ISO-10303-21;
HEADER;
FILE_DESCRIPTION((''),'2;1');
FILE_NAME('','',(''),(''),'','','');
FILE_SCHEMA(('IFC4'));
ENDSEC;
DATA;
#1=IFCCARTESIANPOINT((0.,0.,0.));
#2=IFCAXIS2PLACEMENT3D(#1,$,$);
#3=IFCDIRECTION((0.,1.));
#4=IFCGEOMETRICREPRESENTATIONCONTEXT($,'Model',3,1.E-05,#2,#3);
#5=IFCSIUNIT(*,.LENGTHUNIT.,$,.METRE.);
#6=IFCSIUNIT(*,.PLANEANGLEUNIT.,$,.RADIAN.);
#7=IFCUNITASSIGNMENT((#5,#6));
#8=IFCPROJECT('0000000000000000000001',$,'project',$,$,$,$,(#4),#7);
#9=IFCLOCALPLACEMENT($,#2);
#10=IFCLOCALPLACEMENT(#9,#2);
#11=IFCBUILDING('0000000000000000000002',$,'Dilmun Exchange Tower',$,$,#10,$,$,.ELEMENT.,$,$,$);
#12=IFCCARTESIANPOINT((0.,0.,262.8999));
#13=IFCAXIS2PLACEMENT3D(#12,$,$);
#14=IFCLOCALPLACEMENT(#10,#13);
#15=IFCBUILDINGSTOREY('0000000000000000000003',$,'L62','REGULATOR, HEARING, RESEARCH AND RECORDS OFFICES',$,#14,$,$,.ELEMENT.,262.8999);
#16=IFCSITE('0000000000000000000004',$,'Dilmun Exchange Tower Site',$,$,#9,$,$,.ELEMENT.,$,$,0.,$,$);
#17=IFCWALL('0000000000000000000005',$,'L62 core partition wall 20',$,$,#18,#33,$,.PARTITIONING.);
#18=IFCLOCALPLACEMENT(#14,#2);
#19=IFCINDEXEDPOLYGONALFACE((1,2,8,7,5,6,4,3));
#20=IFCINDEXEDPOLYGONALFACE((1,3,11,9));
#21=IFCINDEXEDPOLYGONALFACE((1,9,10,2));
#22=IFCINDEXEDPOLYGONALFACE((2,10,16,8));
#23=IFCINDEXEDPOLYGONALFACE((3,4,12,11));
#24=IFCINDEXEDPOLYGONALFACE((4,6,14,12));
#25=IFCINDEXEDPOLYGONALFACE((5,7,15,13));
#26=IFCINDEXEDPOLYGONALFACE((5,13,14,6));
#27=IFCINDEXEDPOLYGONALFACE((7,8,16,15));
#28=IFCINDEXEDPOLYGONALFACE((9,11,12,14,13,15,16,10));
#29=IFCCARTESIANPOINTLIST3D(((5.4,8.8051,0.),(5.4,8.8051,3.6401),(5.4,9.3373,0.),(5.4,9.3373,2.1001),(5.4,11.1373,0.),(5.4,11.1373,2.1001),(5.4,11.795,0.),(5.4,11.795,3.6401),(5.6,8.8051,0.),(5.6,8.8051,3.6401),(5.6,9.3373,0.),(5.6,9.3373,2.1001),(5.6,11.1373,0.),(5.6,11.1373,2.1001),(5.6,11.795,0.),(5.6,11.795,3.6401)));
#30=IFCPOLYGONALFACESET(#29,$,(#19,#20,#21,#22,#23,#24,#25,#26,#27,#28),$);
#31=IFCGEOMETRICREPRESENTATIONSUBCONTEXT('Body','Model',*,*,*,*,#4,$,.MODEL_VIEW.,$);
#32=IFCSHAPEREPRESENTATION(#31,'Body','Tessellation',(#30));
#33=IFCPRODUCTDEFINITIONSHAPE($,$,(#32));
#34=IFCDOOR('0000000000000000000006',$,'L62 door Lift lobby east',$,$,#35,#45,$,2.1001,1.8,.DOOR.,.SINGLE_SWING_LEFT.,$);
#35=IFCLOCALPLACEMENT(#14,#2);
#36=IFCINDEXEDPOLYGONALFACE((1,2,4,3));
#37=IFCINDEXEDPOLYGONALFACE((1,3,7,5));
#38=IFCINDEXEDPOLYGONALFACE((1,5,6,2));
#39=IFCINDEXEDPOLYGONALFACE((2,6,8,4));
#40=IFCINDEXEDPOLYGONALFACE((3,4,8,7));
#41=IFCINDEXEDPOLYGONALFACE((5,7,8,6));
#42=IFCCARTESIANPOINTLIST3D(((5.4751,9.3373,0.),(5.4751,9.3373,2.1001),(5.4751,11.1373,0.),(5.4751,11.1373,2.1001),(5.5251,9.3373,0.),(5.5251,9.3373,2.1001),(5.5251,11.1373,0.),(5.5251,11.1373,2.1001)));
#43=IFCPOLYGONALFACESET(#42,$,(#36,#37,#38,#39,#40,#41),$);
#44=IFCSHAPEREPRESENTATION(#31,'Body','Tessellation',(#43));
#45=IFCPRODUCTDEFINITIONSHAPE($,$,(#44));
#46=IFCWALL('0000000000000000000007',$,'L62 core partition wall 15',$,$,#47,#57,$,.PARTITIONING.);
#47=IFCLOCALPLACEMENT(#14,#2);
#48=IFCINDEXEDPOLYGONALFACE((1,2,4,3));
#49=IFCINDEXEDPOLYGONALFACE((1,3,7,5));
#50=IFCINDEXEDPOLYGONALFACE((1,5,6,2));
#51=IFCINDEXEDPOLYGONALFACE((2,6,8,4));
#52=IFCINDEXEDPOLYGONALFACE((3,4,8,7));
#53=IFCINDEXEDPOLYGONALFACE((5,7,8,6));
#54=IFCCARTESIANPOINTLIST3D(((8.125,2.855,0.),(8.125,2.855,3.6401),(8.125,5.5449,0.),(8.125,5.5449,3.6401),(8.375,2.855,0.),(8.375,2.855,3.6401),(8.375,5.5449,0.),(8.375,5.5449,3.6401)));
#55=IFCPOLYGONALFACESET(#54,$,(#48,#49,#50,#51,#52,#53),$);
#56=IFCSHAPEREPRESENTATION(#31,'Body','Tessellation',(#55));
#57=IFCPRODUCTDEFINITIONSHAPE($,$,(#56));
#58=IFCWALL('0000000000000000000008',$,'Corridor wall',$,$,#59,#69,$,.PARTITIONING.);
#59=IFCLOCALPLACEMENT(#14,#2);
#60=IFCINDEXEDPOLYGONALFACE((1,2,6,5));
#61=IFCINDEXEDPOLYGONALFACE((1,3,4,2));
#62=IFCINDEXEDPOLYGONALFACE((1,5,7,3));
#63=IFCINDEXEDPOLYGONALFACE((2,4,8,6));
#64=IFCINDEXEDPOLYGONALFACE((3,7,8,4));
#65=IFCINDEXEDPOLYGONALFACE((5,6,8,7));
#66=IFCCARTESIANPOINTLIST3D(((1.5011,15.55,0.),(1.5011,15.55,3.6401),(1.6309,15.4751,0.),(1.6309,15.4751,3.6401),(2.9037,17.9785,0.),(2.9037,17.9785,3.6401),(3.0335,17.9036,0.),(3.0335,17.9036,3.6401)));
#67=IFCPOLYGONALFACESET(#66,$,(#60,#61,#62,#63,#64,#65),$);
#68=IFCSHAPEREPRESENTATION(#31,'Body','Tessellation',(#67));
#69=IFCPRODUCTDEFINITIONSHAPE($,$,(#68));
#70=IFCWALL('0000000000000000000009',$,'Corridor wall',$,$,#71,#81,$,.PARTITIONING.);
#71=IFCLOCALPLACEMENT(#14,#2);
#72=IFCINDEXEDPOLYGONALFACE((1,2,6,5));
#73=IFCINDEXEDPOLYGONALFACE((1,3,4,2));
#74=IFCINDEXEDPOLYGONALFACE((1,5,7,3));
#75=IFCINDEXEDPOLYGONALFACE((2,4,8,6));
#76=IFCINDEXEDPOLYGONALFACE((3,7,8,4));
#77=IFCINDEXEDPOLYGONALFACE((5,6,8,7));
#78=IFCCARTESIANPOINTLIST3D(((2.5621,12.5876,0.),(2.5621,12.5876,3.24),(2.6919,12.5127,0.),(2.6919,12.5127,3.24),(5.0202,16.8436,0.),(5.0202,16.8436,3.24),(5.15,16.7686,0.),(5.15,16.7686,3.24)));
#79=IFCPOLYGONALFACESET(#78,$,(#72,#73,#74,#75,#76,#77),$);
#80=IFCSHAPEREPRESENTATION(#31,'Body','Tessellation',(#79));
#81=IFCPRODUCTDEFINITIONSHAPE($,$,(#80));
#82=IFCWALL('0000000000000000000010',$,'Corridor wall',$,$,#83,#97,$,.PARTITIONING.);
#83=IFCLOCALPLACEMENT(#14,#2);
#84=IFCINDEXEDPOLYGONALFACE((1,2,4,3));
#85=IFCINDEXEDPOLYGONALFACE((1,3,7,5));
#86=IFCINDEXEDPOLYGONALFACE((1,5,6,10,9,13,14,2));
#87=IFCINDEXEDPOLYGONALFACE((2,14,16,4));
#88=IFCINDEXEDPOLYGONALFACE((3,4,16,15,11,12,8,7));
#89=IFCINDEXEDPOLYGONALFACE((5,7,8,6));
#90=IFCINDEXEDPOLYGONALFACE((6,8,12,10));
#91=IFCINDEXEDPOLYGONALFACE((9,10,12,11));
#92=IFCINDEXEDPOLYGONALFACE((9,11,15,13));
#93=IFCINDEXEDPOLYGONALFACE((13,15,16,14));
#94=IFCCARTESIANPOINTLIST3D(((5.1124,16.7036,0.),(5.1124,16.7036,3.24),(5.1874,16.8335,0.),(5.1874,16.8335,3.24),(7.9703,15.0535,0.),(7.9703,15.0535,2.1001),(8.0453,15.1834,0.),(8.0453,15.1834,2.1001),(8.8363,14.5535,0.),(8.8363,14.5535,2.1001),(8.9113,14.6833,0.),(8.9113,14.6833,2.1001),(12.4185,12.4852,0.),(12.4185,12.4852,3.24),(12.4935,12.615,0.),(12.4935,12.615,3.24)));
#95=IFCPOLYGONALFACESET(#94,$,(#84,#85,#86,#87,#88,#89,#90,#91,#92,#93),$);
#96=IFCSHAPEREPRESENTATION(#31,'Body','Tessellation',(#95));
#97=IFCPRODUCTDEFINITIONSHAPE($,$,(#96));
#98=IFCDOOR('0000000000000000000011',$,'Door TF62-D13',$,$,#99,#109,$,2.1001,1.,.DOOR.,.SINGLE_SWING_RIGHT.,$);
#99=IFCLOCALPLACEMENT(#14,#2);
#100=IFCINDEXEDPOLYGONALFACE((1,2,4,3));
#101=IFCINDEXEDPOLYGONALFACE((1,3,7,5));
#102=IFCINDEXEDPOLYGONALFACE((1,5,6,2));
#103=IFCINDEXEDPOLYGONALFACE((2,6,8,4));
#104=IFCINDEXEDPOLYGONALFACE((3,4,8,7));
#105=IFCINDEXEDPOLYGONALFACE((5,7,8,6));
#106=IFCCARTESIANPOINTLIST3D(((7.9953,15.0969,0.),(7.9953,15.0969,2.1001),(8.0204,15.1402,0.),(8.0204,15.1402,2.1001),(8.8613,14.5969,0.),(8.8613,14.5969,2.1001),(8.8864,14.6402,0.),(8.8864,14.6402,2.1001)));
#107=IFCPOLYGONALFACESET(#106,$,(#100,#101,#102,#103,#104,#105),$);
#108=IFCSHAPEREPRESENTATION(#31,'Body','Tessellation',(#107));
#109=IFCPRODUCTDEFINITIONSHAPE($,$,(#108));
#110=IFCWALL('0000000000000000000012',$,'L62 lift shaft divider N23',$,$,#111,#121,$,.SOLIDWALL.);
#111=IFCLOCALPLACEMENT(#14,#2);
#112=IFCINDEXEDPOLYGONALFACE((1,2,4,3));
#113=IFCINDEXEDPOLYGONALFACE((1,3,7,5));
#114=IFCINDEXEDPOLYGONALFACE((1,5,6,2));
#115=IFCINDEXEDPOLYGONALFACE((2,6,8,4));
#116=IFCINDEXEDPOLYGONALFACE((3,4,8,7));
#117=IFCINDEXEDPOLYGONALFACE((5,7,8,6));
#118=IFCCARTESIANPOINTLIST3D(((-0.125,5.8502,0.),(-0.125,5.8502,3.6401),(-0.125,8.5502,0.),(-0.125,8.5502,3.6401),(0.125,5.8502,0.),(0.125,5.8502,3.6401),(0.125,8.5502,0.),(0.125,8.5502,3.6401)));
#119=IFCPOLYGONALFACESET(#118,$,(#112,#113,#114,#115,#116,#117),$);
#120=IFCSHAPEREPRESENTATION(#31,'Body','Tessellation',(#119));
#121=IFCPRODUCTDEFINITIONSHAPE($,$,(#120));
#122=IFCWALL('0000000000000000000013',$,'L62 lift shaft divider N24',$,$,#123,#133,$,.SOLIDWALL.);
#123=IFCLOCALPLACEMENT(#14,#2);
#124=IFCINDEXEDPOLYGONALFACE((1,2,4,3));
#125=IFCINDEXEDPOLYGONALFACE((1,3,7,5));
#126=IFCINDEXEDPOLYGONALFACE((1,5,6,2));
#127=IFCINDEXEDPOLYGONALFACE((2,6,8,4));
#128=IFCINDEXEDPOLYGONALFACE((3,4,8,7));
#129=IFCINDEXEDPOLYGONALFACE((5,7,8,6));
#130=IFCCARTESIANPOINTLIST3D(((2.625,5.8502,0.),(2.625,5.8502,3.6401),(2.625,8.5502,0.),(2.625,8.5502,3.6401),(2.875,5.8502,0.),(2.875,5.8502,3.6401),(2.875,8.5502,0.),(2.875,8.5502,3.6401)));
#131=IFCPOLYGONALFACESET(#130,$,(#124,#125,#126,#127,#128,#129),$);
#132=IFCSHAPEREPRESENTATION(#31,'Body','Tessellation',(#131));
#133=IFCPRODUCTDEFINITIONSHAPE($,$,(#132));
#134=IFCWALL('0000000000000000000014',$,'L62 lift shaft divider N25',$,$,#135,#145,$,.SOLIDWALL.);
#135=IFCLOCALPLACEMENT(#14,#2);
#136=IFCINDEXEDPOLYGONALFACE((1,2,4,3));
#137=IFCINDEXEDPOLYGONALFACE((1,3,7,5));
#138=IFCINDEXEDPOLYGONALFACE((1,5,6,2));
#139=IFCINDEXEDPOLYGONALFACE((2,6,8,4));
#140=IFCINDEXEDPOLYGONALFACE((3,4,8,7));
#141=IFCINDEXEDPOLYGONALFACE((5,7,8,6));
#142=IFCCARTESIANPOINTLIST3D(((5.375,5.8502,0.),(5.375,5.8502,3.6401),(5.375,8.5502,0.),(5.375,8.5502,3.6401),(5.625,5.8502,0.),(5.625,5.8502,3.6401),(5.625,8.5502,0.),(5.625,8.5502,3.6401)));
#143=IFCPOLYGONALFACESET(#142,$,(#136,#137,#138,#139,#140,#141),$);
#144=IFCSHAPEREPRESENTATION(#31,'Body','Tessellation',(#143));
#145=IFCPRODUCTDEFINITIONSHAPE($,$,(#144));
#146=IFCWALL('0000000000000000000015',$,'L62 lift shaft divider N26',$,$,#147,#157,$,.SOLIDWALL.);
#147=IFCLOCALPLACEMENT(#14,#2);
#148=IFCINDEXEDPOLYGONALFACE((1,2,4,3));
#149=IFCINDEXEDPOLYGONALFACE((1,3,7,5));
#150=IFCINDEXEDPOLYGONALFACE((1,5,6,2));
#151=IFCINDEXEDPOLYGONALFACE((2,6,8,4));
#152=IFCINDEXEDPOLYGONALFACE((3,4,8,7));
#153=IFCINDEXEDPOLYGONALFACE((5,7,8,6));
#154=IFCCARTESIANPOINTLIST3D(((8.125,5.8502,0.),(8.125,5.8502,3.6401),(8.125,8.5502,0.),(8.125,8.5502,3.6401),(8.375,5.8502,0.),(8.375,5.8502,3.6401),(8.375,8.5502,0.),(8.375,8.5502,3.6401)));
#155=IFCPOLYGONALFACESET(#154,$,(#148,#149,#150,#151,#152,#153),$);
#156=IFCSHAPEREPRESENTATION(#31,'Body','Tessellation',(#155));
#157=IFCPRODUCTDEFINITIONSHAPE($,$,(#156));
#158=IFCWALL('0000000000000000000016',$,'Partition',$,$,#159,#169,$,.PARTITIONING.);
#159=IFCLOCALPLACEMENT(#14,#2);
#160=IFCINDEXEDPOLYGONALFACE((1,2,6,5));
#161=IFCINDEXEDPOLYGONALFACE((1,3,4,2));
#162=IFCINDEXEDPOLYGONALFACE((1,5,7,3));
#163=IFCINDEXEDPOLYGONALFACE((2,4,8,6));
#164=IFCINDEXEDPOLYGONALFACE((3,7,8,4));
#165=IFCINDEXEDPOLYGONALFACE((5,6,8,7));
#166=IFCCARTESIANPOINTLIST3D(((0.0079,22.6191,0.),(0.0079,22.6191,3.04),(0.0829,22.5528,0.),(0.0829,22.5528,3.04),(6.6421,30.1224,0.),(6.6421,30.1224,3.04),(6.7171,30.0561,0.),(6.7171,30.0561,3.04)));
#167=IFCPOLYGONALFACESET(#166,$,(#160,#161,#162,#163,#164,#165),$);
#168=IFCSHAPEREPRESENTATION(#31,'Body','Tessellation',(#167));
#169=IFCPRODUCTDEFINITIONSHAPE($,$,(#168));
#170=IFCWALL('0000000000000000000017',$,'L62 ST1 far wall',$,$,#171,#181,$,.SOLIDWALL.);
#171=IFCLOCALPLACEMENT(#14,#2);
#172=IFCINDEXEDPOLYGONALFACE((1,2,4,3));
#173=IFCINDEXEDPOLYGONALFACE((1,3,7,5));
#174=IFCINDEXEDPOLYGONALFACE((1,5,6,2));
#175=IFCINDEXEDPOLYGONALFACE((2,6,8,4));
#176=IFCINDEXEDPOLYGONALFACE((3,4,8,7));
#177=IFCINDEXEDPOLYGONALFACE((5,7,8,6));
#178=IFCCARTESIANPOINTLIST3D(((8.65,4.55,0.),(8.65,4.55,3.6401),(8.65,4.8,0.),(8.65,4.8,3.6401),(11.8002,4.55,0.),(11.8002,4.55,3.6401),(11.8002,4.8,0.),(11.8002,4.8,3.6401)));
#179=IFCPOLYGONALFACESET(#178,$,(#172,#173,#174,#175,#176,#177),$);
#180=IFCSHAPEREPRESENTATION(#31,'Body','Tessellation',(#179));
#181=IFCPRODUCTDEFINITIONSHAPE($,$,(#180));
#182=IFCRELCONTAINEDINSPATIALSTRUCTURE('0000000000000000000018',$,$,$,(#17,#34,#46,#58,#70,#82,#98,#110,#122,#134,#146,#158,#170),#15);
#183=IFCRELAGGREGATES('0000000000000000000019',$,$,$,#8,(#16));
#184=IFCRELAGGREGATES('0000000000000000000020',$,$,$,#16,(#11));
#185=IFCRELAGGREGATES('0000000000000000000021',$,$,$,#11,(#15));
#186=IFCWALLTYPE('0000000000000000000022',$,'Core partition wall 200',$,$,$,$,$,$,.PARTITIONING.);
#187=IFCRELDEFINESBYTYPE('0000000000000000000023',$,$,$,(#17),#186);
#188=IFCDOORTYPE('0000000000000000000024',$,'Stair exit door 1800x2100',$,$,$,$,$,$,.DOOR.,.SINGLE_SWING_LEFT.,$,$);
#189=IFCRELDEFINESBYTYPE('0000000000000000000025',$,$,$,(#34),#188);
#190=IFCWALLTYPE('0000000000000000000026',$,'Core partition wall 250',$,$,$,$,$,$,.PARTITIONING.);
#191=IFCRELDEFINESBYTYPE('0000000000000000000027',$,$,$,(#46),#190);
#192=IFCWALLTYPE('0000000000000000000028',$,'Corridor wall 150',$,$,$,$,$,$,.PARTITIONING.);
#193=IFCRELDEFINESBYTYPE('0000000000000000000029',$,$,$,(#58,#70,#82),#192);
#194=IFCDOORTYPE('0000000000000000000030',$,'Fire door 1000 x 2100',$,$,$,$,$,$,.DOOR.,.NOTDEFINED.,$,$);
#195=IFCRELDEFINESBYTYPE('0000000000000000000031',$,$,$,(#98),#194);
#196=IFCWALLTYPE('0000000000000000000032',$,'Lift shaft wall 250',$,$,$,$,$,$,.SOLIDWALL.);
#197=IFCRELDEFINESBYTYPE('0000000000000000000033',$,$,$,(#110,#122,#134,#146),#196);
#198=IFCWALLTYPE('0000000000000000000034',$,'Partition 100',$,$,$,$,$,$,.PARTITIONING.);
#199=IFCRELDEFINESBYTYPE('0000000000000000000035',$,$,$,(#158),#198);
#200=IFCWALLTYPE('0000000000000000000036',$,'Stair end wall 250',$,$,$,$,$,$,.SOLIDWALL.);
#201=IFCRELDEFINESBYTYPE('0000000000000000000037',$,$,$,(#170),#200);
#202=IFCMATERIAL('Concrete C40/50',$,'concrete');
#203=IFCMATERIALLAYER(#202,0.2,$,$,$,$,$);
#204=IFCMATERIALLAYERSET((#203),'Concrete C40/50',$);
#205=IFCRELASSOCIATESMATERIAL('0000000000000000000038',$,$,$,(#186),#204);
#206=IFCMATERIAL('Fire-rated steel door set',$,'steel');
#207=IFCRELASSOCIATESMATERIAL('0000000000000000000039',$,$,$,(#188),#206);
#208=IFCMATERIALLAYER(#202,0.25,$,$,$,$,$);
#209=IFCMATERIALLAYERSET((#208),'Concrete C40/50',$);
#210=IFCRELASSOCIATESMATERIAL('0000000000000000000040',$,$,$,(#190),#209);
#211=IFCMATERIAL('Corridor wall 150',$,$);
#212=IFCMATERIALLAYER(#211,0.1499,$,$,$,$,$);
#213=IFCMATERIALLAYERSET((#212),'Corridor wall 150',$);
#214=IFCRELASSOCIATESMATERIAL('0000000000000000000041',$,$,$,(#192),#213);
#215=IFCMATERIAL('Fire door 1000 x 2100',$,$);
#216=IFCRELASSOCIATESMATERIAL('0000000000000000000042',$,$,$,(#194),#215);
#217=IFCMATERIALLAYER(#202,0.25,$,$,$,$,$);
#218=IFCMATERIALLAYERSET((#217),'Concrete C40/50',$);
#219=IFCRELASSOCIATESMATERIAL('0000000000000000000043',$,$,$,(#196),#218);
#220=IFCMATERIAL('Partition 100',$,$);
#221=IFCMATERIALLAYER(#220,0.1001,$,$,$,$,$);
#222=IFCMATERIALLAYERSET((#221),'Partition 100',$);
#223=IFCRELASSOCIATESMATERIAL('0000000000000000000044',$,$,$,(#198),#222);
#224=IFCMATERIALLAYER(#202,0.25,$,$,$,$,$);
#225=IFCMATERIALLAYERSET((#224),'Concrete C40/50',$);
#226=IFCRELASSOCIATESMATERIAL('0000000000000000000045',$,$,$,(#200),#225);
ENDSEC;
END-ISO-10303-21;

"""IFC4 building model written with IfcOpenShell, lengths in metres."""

from ifc_helpers import new_model, si_unit, direction, frame, frame_2d, origin, place, context, subcontext, project, spatial, rectangle, extrude, material, layer, layer_set, type_object, element, fill, save


model = new_model("IFC4")

# Units and contexts
model_context = context("Model", 3, precision=1e-05, world=origin(), true_north=direction((0.0, 1.0)))
body_context = subcontext(model_context, "Body", "Model", "MODEL_VIEW")
ifc_project = project(units=[si_unit("LENGTHUNIT", "METRE"), si_unit("PLANEANGLEUNIT", "RADIAN")], contexts=[model_context])

# Site, building, storey
site_placement = place(None, origin())
site = spatial("IfcSite", under=ifc_project, at=site_placement, Name="Dilmun Exchange Tower Site", CompositionType="ELEMENT", RefElevation=0.0)
building_placement = place(site_placement, origin())
building = spatial("IfcBuilding", under=site, at=building_placement, Name="Dilmun Exchange Tower", CompositionType="ELEMENT")
storey_placement = place(building_placement, frame((0.0, 0.0, 262.8999)))
storey = spatial("IfcBuildingStorey", under=building, at=storey_placement, Name="L62", Description="REGULATOR, HEARING, RESEARCH AND RECORDS OFFICES", CompositionType="ELEMENT", Elevation=262.8999)

# Shared definitions
ifc_material_1 = material(Name="Concrete C40/50", Category="concrete")

# Wall, opening, door
ifc_layer_1 = layer(ifc_material_1, 0.2)
ifc_layer_set_1 = layer_set([ifc_layer_1], Name="Concrete C40/50")
wall_type_1 = type_object("IfcWallType", Name="Core partition wall 200", PredefinedType="PARTITIONING", material=ifc_layer_set_1)
wall_1_placement = place(storey_placement, frame((5.5, 8.8049, 0.0), z_axis=(0.0, 0.0, 1.0), x_axis=(0.0, 1.0, 0.0)))
wall_1 = element("IfcWall", 1, at=wall_1_placement, inside=storey, type_object=wall_type_1, Name="L62 core partition wall 20", PredefinedType="PARTITIONING", context=body_context, shape_type="SweptSolid", body=[
    extrude(rectangle(XDim=2.99, YDim=0.2, at=frame_2d((1.4951, 0.0))), origin(), (0.0, 0.0, 1.0), 3.6401),
])
opening_1_placement = place(wall_1_placement, frame((0.5325, 0.0, 0.0)))
opening_1 = element("IfcOpeningElement", 2, at=opening_1_placement, cuts=wall_1, PredefinedType="OPENING", context=body_context, shape_type="SweptSolid", body=[
    extrude(rectangle(XDim=1.8, YDim=2.1001, at=frame_2d((0.8999, 1.05))), frame((0.0, 0.1099, 0.0), z_axis=(0.0, -1.0, 0.0), x_axis=(1.0, 0.0, 0.0)), (0.0, 0.0, 1.0), 0.22),
])
ifc_material_2 = material(Name="Fire-rated steel door set", Category="steel")
door_type_1 = type_object("IfcDoorType", Name="Stair exit door 1800x2100", OperationType="SINGLE_SWING_LEFT", PredefinedType="DOOR", material=ifc_material_2)
door_1_placement = place(opening_1_placement, origin())
door_1 = element("IfcDoor", 3, at=door_1_placement, inside=storey, type_object=door_type_1, Name="L62 door Lift lobby east", OperationType="SINGLE_SWING_LEFT", OverallHeight=2.1001, OverallWidth=1.8, PredefinedType="DOOR", context=body_context, shape_type="SweptSolid", body=[
    extrude(rectangle(XDim=1.8, YDim=2.1001, at=frame_2d((0.8999, 1.05))), frame((0.0, 0.0249, 0.0), z_axis=(0.0, -1.0, 0.0), x_axis=(1.0, 0.0, 0.0)), (0.0, 0.0, 1.0), 0.05),
])
fill(opening_1, door_1)

# Walls
ifc_layer_2 = layer(ifc_material_1, 0.25)
ifc_layer_set_2 = layer_set([ifc_layer_2], Name="Concrete C40/50")
wall_type_2 = type_object("IfcWallType", Name="Core partition wall 250", PredefinedType="PARTITIONING", material=ifc_layer_set_2)
wall_2_placement = place(storey_placement, frame((8.25, 2.855, 0.0), z_axis=(0.0, 0.0, 1.0), x_axis=(0.0, 1.0, 0.0)))
element("IfcWall", 4, at=wall_2_placement, inside=storey, type_object=wall_type_2, Name="L62 core partition wall 15", PredefinedType="PARTITIONING", context=body_context, shape_type="SweptSolid", body=[
    extrude(rectangle(XDim=2.6899, YDim=0.25, at=frame_2d((1.345, 0.0))), origin(), (0.0, 0.0, 1.0), 3.6401),
])
ifc_material_3 = material(Name="Corridor wall 150")
ifc_layer_3 = layer(ifc_material_3, 0.1499)
ifc_layer_set_3 = layer_set([ifc_layer_3], Name="Corridor wall 150")
wall_type_3 = type_object("IfcWallType", Name="Corridor wall 150", PredefinedType="PARTITIONING", material=ifc_layer_set_3)
wall_3_placement = place(storey_placement, frame((1.5659, 15.5125, 0.0), z_axis=(0.0, 0.0, 1.0), x_axis=(0.500137, 0.865946, 0.0)))
element("IfcWall", 5, at=wall_3_placement, inside=storey, type_object=wall_type_3, Name="Corridor wall", PredefinedType="PARTITIONING", context=body_context, shape_type="SweptSolid", body=[
    extrude(rectangle(XDim=2.8044, YDim=0.1499, at=frame_2d((1.4023, 0.0))), origin(), (0.0, 0.0, 1.0), 3.6401),
])
wall_4_placement = place(storey_placement, frame((2.627, 12.55, 0.0), z_axis=(0.0, 0.0, 1.0), x_axis=(0.500135, 0.865947, 0.0)))
element("IfcWall", 6, at=wall_4_placement, inside=storey, type_object=wall_type_3, Name="Corridor wall", PredefinedType="PARTITIONING", context=body_context, shape_type="SweptSolid", body=[
    extrude(rectangle(XDim=4.9148, YDim=0.1499, at=frame_2d((2.4575, 0.0))), origin(), (0.0, 0.0, 1.0), 3.24),
])

# Wall, opening, door
wall_5_placement = place(storey_placement, frame((5.1499, 16.7686, 0.0), z_axis=(0.0, 0.0, 1.0), x_axis=(0.86601, -0.500026, 0.0)))
wall_5 = element("IfcWall", 7, at=wall_5_placement, inside=storey, type_object=wall_type_3, Name="Corridor wall", PredefinedType="PARTITIONING", context=body_context, shape_type="SweptSolid", body=[
    extrude(rectangle(XDim=8.4365, YDim=0.1499, at=frame_2d((4.2183, 0.0))), origin(), (0.0, 0.0, 1.0), 3.24),
])
opening_2_placement = place(wall_5_placement, frame((3.3, 0.0, 0.0)))
opening_2 = element("IfcOpeningElement", 8, at=opening_2_placement, cuts=wall_5, PredefinedType="OPENING", context=body_context, shape_type="SweptSolid", body=[
    extrude(rectangle(XDim=1.0, YDim=2.1001, at=frame_2d((0.5, 1.05))), frame((0.0, 0.085, 0.0), z_axis=(0.0, -1.0, 0.0), x_axis=(1.0, 0.0, 0.0)), (0.0, 0.0, 1.0), 0.1699),
])
ifc_material_4 = material(Name="Fire door 1000 x 2100")
door_type_2 = type_object("IfcDoorType", Name="Fire door 1000 x 2100", OperationType="NOTDEFINED", PredefinedType="DOOR", material=ifc_material_4)
door_2_placement = place(opening_2_placement, frame((1.0, 0.0, 0.0), z_axis=(0.0, 0.0, 1.0), x_axis=(-1.0, 0.0, 0.0)))
door_2 = element("IfcDoor", 9, at=door_2_placement, inside=storey, type_object=door_type_2, Name="Door TF62-D13", OperationType="SINGLE_SWING_RIGHT", OverallHeight=2.1001, OverallWidth=1.0, PredefinedType="DOOR", context=body_context, shape_type="SweptSolid", body=[
    extrude(rectangle(XDim=1.0, YDim=2.1001, at=frame_2d((0.5, 1.05))), frame((0.0, 0.0249, 0.0), z_axis=(0.0, -1.0, 0.0), x_axis=(1.0, 0.0, 0.0)), (0.0, 0.0, 1.0), 0.05),
])
fill(opening_2, door_2)

# Walls
ifc_layer_4 = layer(ifc_material_1, 0.25)
ifc_layer_set_4 = layer_set([ifc_layer_4], Name="Concrete C40/50")
wall_type_4 = type_object("IfcWallType", Name="Lift shaft wall 250", PredefinedType="SOLIDWALL", material=ifc_layer_set_4)
for number, where, z_axis, x_axis, name in (
    (10, (0.0, 5.8501, 0.0), (0.0, 0.0, 1.0), (0.0, 1.0, 0.0), "L62 lift shaft divider N23"),
    (11, (2.75, 5.8501, 0.0), (0.0, 0.0, 1.0), (0.0, 1.0, 0.0), "L62 lift shaft divider N24"),
    (12, (5.5, 5.8501, 0.0), (0.0, 0.0, 1.0), (0.0, 1.0, 0.0), "L62 lift shaft divider N25"),
    (13, (8.25, 5.8501, 0.0), (0.0, 0.0, 1.0), (0.0, 1.0, 0.0), "L62 lift shaft divider N26"),
):
    element("IfcWall", number, at=place(storey_placement, frame(where, z_axis=z_axis, x_axis=x_axis)), inside=storey, type_object=wall_type_4, Name=name, PredefinedType="SOLIDWALL", context=body_context, shape_type="SweptSolid", body=[
        extrude(rectangle(XDim=2.7, YDim=0.25, at=frame_2d((1.3501, 0.0))), origin(), (0.0, 0.0, 1.0), 3.6401),
    ])
ifc_material_5 = material(Name="Partition 100")
ifc_layer_5 = layer(ifc_material_5, 0.1001)
ifc_layer_set_5 = layer_set([ifc_layer_5], Name="Partition 100")
wall_type_5 = type_object("IfcWallType", Name="Partition 100", PredefinedType="PARTITIONING", material=ifc_layer_set_5)
wall_6_placement = place(storey_placement, frame((0.0454, 22.5859, 0.0), z_axis=(0.0, 0.0, 1.0), x_axis=(0.662386, 0.749163, 0.0)))
element("IfcWall", 14, at=wall_6_placement, inside=storey, type_object=wall_type_5, Name="Partition", PredefinedType="PARTITIONING", context=body_context, shape_type="SweptSolid", body=[
    extrude(rectangle(XDim=10.0156, YDim=0.1001, at=frame_2d((5.0078, 0.0))), origin(), (0.0, 0.0, 1.0), 3.04),
])
ifc_layer_6 = layer(ifc_material_1, 0.25)
ifc_layer_set_6 = layer_set([ifc_layer_6], Name="Concrete C40/50")
wall_type_6 = type_object("IfcWallType", Name="Stair end wall 250", PredefinedType="SOLIDWALL", material=ifc_layer_set_6)
wall_7_placement = place(storey_placement, frame((8.6499, 4.675, 0.0), z_axis=(0.0, 0.0, 1.0), x_axis=(1.0, 0.0, 0.0)))
element("IfcWall", 15, at=wall_7_placement, inside=storey, type_object=wall_type_6, Name="L62 ST1 far wall", PredefinedType="SOLIDWALL", context=body_context, shape_type="SweptSolid", body=[
    extrude(rectangle(XDim=3.1501, YDim=0.25, at=frame_2d((1.5752, 0.0))), origin(), (0.0, 0.0, 1.0), 3.6401),
])

save(model, "model.ifc")
